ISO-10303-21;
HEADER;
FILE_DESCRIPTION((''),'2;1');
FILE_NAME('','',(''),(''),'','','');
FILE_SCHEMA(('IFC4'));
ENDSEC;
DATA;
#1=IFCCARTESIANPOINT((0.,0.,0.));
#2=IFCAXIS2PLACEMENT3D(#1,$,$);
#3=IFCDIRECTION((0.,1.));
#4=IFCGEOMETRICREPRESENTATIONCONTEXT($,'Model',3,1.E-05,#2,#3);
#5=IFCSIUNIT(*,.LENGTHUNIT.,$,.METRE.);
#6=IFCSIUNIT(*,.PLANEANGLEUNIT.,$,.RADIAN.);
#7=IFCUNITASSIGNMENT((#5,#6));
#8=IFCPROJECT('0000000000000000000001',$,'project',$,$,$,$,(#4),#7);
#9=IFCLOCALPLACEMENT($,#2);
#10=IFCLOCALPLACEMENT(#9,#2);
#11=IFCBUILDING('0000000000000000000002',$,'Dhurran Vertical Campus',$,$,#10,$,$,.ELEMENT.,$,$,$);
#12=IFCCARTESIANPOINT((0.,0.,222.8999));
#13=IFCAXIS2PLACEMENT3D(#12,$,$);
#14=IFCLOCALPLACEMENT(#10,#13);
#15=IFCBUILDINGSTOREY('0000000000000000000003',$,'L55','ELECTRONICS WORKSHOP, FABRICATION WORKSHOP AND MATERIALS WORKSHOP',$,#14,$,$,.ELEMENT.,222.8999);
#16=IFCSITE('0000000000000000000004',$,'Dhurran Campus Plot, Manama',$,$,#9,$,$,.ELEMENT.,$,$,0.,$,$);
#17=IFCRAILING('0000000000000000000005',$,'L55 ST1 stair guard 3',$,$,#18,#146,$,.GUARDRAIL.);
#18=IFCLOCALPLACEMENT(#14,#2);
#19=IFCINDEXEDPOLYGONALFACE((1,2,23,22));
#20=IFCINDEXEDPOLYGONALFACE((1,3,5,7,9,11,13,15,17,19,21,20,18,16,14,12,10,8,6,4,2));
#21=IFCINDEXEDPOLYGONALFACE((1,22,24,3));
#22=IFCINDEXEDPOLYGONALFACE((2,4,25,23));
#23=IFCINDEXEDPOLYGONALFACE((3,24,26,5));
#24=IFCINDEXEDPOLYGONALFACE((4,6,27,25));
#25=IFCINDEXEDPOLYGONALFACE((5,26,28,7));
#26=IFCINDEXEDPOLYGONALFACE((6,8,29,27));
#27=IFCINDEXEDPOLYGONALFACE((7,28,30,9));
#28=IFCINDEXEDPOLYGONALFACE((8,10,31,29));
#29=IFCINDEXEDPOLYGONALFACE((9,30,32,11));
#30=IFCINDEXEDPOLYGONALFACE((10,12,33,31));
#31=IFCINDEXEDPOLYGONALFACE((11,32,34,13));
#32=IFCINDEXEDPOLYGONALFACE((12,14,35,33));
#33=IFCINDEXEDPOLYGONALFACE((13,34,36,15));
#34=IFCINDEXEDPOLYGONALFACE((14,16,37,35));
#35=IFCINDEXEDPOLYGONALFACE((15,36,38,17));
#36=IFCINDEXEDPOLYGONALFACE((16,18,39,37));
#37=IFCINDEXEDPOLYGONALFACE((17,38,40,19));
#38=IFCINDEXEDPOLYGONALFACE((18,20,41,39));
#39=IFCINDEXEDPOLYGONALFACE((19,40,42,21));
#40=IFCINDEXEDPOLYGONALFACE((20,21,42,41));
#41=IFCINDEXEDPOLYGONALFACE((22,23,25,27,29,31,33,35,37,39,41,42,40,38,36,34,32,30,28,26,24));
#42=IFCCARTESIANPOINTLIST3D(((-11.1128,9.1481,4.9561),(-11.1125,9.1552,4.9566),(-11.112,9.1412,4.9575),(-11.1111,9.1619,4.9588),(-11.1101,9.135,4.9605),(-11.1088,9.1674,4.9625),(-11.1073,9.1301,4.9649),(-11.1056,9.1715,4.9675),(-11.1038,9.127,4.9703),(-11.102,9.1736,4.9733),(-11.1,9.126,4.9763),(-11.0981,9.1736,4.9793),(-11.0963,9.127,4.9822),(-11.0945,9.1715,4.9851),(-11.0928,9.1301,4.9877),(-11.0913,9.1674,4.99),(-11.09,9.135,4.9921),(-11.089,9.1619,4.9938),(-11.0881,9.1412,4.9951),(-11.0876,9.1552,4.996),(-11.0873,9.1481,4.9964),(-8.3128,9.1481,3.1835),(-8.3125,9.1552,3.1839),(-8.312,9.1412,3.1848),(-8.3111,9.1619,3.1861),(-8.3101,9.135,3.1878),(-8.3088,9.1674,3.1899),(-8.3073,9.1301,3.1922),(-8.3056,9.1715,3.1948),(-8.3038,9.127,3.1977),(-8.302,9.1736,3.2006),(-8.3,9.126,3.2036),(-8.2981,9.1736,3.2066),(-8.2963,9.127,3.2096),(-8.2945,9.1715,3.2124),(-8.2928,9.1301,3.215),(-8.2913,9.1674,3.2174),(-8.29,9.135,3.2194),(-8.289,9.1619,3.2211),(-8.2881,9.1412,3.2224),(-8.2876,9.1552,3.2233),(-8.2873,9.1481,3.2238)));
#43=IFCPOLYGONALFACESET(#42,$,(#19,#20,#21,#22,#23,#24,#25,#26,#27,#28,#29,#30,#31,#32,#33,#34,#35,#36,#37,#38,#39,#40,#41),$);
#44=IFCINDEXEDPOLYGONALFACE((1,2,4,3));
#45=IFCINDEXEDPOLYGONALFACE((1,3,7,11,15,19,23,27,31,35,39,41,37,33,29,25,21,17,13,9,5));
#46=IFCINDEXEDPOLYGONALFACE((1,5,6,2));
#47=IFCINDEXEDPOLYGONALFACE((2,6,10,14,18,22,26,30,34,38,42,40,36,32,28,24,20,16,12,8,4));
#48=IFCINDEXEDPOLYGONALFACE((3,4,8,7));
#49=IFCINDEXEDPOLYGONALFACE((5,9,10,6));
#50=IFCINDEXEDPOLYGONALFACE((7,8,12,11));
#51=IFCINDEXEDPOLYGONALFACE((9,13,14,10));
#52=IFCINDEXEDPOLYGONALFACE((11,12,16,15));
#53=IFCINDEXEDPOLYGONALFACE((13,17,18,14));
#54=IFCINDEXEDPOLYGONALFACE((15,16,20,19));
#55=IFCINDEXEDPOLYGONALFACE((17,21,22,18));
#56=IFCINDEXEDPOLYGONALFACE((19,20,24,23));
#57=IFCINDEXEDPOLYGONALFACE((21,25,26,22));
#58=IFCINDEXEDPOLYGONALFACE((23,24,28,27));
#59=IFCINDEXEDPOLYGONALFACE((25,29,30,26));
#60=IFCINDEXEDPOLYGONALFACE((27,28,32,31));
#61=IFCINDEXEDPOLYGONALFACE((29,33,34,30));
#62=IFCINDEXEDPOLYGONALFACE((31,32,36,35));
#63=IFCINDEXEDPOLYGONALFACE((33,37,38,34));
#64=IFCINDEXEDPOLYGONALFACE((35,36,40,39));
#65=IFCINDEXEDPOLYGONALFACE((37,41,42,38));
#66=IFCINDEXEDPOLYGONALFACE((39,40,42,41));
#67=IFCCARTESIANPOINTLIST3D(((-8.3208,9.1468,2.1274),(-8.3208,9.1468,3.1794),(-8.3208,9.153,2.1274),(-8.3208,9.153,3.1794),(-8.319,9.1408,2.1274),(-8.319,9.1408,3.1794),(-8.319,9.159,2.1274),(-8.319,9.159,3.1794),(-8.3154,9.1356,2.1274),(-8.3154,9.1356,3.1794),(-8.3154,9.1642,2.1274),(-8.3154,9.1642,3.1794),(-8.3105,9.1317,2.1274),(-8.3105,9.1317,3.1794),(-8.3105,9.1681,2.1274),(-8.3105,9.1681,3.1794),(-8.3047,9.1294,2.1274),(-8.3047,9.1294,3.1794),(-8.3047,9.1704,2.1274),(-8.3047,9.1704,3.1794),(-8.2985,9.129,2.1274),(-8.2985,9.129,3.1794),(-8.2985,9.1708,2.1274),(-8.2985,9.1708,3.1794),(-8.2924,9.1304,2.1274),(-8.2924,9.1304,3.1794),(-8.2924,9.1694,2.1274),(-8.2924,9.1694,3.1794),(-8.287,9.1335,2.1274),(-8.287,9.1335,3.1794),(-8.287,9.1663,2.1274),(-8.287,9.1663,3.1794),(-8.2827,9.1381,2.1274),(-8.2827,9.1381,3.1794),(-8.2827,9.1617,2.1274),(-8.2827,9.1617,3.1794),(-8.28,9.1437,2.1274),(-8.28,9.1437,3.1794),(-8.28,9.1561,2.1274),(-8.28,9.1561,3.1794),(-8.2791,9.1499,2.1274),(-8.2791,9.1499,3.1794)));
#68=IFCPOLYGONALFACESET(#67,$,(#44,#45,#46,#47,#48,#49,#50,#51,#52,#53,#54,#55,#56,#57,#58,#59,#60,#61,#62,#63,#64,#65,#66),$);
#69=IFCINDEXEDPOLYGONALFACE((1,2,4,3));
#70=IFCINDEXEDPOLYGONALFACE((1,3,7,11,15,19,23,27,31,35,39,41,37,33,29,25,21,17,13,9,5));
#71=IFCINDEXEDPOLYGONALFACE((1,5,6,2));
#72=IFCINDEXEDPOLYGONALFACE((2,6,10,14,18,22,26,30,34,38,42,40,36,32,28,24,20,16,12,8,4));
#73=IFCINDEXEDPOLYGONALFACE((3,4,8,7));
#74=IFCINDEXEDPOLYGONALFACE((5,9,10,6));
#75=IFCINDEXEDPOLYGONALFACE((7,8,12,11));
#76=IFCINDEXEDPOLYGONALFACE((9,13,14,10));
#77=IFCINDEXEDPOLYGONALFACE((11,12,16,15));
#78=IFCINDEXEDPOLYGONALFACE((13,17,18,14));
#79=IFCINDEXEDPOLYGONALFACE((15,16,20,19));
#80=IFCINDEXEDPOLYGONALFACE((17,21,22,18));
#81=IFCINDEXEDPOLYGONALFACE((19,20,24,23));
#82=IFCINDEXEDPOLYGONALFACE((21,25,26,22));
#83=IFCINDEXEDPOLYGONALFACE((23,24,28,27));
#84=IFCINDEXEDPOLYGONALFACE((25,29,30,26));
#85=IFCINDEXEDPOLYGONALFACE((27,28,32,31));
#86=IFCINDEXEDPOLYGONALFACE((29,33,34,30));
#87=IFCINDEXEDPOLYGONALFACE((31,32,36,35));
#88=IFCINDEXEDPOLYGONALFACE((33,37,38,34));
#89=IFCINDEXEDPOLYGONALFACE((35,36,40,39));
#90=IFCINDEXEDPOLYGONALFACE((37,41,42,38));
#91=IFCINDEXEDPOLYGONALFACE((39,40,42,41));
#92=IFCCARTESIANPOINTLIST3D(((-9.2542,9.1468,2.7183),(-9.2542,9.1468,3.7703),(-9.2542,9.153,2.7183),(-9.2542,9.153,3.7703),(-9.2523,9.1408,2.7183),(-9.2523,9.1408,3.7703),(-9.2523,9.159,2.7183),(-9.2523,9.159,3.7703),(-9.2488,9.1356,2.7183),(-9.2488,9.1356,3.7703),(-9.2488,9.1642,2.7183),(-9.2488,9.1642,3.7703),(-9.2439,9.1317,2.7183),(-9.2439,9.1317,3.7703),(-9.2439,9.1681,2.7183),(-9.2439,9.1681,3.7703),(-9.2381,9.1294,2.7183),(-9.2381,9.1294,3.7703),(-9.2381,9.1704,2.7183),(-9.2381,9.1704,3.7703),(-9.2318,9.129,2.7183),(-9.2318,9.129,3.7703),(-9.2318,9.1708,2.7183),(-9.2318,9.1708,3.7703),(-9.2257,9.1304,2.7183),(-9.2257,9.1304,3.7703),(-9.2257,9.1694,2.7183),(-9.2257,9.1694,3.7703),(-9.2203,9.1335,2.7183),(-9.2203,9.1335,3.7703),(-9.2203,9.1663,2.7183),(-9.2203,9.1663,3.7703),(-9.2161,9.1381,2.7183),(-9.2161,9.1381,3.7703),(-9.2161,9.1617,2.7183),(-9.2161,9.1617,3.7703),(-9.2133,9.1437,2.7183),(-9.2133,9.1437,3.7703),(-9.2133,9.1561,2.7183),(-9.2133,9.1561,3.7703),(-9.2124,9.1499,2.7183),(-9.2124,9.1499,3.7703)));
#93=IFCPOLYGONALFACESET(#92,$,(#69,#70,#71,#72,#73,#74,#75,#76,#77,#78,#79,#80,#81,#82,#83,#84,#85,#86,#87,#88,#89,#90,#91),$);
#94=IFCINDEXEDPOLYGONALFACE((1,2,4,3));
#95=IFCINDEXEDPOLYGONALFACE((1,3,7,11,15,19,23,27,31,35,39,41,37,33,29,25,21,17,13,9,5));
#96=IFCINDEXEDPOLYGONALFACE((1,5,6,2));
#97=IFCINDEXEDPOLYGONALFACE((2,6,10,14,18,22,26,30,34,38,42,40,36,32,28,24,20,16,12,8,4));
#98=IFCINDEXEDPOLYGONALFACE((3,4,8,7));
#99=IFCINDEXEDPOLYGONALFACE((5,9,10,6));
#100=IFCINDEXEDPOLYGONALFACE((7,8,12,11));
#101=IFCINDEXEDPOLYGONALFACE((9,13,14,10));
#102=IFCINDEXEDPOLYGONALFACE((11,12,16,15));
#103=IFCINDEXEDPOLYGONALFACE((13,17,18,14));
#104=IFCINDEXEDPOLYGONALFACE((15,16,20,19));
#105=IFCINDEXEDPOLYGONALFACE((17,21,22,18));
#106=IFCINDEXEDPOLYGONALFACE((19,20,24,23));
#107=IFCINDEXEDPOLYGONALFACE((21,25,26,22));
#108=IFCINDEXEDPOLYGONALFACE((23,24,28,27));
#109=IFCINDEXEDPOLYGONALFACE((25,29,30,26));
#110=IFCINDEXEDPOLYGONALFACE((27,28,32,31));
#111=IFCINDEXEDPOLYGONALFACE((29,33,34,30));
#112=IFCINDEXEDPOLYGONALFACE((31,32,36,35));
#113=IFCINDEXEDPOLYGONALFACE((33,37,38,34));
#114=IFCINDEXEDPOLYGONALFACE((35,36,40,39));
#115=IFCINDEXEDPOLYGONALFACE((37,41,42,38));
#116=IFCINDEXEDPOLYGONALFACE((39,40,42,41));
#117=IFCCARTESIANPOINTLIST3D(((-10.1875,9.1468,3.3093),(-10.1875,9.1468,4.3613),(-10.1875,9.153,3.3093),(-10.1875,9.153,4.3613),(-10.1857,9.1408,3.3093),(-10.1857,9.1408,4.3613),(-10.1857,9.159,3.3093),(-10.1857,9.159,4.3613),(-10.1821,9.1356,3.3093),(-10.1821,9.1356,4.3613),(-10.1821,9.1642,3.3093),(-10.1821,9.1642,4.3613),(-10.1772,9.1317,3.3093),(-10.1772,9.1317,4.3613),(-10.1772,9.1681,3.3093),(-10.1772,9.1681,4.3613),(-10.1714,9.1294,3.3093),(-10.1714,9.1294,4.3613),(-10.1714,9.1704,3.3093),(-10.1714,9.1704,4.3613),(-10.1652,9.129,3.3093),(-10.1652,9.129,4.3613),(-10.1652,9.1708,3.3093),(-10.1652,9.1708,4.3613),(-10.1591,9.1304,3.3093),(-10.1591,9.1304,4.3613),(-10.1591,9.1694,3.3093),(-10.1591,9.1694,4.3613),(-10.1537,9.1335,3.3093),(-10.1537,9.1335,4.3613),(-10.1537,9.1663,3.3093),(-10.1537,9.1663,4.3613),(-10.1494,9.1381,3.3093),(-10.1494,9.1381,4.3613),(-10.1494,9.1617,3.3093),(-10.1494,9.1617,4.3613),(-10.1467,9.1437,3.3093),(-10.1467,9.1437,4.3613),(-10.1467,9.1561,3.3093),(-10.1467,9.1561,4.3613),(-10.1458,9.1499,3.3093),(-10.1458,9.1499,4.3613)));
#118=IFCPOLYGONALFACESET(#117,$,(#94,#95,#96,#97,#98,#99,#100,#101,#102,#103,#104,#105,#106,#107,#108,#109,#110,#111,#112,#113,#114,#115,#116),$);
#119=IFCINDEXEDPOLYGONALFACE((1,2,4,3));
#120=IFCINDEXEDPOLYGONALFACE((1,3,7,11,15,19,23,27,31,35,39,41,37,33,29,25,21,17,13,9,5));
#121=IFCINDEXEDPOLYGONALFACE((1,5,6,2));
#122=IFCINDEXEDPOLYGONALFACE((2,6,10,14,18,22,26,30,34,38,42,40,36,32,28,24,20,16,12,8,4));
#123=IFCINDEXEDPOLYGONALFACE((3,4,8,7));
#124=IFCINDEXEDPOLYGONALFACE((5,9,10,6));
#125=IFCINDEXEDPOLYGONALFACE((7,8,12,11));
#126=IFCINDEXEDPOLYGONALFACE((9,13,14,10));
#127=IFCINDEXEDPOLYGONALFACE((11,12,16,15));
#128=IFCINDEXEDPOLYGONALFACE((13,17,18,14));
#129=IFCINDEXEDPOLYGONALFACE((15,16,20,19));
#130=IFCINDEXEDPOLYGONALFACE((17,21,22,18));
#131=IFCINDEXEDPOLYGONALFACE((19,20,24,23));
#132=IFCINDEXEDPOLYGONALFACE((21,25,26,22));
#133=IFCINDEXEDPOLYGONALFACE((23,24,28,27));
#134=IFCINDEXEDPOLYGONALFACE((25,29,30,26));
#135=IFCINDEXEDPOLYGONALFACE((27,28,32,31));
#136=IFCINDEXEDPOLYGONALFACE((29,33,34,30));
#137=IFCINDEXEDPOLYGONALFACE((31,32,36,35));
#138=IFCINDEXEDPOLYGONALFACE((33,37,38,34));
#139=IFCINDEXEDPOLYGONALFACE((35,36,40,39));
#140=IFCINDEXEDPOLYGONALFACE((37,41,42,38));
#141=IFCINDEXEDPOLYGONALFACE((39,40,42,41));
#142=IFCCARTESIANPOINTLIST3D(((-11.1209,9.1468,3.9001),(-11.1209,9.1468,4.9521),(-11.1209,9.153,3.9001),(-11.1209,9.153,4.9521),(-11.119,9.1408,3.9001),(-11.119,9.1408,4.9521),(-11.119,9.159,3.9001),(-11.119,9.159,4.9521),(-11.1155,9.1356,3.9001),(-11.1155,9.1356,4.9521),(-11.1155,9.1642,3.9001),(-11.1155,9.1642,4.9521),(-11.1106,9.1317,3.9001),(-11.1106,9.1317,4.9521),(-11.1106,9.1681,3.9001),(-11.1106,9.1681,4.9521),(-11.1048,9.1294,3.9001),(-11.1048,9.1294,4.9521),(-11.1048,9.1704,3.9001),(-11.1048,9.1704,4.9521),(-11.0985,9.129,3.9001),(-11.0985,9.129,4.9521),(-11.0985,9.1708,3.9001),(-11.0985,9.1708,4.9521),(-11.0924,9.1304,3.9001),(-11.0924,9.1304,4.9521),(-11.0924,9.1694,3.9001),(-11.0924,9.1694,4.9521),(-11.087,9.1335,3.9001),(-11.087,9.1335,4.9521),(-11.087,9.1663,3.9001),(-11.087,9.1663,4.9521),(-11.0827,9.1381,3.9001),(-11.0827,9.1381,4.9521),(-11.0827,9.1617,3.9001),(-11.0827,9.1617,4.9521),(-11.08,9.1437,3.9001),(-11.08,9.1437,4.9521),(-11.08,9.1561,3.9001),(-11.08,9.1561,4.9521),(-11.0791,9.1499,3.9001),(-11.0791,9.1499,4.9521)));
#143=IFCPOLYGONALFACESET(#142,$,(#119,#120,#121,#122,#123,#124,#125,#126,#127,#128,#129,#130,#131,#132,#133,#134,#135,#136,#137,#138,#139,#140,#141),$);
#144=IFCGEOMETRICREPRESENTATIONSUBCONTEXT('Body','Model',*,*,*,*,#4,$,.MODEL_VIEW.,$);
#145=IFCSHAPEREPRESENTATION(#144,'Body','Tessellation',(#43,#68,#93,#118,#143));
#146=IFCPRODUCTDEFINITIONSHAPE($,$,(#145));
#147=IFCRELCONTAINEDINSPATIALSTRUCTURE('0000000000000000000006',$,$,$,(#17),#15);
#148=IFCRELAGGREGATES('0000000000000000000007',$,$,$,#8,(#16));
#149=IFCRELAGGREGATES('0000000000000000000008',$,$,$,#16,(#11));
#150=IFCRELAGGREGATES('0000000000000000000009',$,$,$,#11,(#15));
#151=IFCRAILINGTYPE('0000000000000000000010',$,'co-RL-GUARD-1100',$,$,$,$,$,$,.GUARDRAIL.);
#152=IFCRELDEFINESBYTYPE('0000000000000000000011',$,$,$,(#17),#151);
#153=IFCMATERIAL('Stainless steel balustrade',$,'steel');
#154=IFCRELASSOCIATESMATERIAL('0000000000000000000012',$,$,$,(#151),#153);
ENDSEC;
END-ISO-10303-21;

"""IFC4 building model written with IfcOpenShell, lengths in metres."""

from ifc_helpers import new_model, si_unit, direction, frame, origin, origin_2d, place, context, subcontext, project, spatial, circle, extrude, material, type_object, element, save


model = new_model("IFC4")

# Units and contexts
model_context = context("Model", 3, precision=1e-05, world=origin(), true_north=direction((0.0, 1.0)))
body_context = subcontext(model_context, "Body", "Model", "MODEL_VIEW")
ifc_project = project(units=[si_unit("LENGTHUNIT", "METRE"), si_unit("PLANEANGLEUNIT", "RADIAN")], contexts=[model_context])

# Site, building, storey
site_placement = place(None, origin())
site = spatial("IfcSite", under=ifc_project, at=site_placement, Name="Dhurran Campus Plot, Manama", CompositionType="ELEMENT", RefElevation=0.0)
building_placement = place(site_placement, origin())
building = spatial("IfcBuilding", under=site, at=building_placement, Name="Dhurran Vertical Campus", CompositionType="ELEMENT")
storey_placement = place(building_placement, frame((0.0, 0.0, 222.8999)))
storey = spatial("IfcBuildingStorey", under=building, at=storey_placement, Name="L55", Description="ELECTRONICS WORKSHOP, FABRICATION WORKSHOP AND MATERIALS WORKSHOP", CompositionType="ELEMENT", Elevation=222.8999)

# Railing
ifc_material_1 = material(Name="Stainless steel balustrade", Category="steel")
railing_type_1 = type_object("IfcRailingType", Name="co-RL-GUARD-1100", PredefinedType="GUARDRAIL", material=ifc_material_1)
railing_1_placement = place(storey_placement, frame((-8.3, 9.1499, 2.1274)))
element("IfcRailing", 1, at=railing_1_placement, inside=storey, type_object=railing_type_1, Name="L55 ST1 stair guard 3", PredefinedType="GUARDRAIL", context=body_context, shape_type="SweptSolid", body=[
    extrude(circle(Radius=0.0239, at=origin_2d()), frame((0.0, 0.0, 1.0762), z_axis=(-0.844909, 0.0, 0.53491), x_axis=(0.0, -1.0, 0.0)), (0.0, 0.0, 1.0), 3.314),
    extrude(circle(Radius=0.021, at=origin_2d()), origin(), (0.0, 0.0, 1.0), 1.052),
    extrude(circle(Radius=0.021, at=origin_2d()), frame((-0.9333, 0.0, 0.5908)), (0.0, 0.0, 1.0), 1.052),
    extrude(circle(Radius=0.021, at=origin_2d()), frame((-1.8667, 0.0, 1.1819)), (0.0, 0.0, 1.0), 1.052),
    extrude(circle(Radius=0.021, at=origin_2d()), frame((-2.8, 0.0, 1.7727)), (0.0, 0.0, 1.0), 1.052),
])

save(model, "model.ifc")
